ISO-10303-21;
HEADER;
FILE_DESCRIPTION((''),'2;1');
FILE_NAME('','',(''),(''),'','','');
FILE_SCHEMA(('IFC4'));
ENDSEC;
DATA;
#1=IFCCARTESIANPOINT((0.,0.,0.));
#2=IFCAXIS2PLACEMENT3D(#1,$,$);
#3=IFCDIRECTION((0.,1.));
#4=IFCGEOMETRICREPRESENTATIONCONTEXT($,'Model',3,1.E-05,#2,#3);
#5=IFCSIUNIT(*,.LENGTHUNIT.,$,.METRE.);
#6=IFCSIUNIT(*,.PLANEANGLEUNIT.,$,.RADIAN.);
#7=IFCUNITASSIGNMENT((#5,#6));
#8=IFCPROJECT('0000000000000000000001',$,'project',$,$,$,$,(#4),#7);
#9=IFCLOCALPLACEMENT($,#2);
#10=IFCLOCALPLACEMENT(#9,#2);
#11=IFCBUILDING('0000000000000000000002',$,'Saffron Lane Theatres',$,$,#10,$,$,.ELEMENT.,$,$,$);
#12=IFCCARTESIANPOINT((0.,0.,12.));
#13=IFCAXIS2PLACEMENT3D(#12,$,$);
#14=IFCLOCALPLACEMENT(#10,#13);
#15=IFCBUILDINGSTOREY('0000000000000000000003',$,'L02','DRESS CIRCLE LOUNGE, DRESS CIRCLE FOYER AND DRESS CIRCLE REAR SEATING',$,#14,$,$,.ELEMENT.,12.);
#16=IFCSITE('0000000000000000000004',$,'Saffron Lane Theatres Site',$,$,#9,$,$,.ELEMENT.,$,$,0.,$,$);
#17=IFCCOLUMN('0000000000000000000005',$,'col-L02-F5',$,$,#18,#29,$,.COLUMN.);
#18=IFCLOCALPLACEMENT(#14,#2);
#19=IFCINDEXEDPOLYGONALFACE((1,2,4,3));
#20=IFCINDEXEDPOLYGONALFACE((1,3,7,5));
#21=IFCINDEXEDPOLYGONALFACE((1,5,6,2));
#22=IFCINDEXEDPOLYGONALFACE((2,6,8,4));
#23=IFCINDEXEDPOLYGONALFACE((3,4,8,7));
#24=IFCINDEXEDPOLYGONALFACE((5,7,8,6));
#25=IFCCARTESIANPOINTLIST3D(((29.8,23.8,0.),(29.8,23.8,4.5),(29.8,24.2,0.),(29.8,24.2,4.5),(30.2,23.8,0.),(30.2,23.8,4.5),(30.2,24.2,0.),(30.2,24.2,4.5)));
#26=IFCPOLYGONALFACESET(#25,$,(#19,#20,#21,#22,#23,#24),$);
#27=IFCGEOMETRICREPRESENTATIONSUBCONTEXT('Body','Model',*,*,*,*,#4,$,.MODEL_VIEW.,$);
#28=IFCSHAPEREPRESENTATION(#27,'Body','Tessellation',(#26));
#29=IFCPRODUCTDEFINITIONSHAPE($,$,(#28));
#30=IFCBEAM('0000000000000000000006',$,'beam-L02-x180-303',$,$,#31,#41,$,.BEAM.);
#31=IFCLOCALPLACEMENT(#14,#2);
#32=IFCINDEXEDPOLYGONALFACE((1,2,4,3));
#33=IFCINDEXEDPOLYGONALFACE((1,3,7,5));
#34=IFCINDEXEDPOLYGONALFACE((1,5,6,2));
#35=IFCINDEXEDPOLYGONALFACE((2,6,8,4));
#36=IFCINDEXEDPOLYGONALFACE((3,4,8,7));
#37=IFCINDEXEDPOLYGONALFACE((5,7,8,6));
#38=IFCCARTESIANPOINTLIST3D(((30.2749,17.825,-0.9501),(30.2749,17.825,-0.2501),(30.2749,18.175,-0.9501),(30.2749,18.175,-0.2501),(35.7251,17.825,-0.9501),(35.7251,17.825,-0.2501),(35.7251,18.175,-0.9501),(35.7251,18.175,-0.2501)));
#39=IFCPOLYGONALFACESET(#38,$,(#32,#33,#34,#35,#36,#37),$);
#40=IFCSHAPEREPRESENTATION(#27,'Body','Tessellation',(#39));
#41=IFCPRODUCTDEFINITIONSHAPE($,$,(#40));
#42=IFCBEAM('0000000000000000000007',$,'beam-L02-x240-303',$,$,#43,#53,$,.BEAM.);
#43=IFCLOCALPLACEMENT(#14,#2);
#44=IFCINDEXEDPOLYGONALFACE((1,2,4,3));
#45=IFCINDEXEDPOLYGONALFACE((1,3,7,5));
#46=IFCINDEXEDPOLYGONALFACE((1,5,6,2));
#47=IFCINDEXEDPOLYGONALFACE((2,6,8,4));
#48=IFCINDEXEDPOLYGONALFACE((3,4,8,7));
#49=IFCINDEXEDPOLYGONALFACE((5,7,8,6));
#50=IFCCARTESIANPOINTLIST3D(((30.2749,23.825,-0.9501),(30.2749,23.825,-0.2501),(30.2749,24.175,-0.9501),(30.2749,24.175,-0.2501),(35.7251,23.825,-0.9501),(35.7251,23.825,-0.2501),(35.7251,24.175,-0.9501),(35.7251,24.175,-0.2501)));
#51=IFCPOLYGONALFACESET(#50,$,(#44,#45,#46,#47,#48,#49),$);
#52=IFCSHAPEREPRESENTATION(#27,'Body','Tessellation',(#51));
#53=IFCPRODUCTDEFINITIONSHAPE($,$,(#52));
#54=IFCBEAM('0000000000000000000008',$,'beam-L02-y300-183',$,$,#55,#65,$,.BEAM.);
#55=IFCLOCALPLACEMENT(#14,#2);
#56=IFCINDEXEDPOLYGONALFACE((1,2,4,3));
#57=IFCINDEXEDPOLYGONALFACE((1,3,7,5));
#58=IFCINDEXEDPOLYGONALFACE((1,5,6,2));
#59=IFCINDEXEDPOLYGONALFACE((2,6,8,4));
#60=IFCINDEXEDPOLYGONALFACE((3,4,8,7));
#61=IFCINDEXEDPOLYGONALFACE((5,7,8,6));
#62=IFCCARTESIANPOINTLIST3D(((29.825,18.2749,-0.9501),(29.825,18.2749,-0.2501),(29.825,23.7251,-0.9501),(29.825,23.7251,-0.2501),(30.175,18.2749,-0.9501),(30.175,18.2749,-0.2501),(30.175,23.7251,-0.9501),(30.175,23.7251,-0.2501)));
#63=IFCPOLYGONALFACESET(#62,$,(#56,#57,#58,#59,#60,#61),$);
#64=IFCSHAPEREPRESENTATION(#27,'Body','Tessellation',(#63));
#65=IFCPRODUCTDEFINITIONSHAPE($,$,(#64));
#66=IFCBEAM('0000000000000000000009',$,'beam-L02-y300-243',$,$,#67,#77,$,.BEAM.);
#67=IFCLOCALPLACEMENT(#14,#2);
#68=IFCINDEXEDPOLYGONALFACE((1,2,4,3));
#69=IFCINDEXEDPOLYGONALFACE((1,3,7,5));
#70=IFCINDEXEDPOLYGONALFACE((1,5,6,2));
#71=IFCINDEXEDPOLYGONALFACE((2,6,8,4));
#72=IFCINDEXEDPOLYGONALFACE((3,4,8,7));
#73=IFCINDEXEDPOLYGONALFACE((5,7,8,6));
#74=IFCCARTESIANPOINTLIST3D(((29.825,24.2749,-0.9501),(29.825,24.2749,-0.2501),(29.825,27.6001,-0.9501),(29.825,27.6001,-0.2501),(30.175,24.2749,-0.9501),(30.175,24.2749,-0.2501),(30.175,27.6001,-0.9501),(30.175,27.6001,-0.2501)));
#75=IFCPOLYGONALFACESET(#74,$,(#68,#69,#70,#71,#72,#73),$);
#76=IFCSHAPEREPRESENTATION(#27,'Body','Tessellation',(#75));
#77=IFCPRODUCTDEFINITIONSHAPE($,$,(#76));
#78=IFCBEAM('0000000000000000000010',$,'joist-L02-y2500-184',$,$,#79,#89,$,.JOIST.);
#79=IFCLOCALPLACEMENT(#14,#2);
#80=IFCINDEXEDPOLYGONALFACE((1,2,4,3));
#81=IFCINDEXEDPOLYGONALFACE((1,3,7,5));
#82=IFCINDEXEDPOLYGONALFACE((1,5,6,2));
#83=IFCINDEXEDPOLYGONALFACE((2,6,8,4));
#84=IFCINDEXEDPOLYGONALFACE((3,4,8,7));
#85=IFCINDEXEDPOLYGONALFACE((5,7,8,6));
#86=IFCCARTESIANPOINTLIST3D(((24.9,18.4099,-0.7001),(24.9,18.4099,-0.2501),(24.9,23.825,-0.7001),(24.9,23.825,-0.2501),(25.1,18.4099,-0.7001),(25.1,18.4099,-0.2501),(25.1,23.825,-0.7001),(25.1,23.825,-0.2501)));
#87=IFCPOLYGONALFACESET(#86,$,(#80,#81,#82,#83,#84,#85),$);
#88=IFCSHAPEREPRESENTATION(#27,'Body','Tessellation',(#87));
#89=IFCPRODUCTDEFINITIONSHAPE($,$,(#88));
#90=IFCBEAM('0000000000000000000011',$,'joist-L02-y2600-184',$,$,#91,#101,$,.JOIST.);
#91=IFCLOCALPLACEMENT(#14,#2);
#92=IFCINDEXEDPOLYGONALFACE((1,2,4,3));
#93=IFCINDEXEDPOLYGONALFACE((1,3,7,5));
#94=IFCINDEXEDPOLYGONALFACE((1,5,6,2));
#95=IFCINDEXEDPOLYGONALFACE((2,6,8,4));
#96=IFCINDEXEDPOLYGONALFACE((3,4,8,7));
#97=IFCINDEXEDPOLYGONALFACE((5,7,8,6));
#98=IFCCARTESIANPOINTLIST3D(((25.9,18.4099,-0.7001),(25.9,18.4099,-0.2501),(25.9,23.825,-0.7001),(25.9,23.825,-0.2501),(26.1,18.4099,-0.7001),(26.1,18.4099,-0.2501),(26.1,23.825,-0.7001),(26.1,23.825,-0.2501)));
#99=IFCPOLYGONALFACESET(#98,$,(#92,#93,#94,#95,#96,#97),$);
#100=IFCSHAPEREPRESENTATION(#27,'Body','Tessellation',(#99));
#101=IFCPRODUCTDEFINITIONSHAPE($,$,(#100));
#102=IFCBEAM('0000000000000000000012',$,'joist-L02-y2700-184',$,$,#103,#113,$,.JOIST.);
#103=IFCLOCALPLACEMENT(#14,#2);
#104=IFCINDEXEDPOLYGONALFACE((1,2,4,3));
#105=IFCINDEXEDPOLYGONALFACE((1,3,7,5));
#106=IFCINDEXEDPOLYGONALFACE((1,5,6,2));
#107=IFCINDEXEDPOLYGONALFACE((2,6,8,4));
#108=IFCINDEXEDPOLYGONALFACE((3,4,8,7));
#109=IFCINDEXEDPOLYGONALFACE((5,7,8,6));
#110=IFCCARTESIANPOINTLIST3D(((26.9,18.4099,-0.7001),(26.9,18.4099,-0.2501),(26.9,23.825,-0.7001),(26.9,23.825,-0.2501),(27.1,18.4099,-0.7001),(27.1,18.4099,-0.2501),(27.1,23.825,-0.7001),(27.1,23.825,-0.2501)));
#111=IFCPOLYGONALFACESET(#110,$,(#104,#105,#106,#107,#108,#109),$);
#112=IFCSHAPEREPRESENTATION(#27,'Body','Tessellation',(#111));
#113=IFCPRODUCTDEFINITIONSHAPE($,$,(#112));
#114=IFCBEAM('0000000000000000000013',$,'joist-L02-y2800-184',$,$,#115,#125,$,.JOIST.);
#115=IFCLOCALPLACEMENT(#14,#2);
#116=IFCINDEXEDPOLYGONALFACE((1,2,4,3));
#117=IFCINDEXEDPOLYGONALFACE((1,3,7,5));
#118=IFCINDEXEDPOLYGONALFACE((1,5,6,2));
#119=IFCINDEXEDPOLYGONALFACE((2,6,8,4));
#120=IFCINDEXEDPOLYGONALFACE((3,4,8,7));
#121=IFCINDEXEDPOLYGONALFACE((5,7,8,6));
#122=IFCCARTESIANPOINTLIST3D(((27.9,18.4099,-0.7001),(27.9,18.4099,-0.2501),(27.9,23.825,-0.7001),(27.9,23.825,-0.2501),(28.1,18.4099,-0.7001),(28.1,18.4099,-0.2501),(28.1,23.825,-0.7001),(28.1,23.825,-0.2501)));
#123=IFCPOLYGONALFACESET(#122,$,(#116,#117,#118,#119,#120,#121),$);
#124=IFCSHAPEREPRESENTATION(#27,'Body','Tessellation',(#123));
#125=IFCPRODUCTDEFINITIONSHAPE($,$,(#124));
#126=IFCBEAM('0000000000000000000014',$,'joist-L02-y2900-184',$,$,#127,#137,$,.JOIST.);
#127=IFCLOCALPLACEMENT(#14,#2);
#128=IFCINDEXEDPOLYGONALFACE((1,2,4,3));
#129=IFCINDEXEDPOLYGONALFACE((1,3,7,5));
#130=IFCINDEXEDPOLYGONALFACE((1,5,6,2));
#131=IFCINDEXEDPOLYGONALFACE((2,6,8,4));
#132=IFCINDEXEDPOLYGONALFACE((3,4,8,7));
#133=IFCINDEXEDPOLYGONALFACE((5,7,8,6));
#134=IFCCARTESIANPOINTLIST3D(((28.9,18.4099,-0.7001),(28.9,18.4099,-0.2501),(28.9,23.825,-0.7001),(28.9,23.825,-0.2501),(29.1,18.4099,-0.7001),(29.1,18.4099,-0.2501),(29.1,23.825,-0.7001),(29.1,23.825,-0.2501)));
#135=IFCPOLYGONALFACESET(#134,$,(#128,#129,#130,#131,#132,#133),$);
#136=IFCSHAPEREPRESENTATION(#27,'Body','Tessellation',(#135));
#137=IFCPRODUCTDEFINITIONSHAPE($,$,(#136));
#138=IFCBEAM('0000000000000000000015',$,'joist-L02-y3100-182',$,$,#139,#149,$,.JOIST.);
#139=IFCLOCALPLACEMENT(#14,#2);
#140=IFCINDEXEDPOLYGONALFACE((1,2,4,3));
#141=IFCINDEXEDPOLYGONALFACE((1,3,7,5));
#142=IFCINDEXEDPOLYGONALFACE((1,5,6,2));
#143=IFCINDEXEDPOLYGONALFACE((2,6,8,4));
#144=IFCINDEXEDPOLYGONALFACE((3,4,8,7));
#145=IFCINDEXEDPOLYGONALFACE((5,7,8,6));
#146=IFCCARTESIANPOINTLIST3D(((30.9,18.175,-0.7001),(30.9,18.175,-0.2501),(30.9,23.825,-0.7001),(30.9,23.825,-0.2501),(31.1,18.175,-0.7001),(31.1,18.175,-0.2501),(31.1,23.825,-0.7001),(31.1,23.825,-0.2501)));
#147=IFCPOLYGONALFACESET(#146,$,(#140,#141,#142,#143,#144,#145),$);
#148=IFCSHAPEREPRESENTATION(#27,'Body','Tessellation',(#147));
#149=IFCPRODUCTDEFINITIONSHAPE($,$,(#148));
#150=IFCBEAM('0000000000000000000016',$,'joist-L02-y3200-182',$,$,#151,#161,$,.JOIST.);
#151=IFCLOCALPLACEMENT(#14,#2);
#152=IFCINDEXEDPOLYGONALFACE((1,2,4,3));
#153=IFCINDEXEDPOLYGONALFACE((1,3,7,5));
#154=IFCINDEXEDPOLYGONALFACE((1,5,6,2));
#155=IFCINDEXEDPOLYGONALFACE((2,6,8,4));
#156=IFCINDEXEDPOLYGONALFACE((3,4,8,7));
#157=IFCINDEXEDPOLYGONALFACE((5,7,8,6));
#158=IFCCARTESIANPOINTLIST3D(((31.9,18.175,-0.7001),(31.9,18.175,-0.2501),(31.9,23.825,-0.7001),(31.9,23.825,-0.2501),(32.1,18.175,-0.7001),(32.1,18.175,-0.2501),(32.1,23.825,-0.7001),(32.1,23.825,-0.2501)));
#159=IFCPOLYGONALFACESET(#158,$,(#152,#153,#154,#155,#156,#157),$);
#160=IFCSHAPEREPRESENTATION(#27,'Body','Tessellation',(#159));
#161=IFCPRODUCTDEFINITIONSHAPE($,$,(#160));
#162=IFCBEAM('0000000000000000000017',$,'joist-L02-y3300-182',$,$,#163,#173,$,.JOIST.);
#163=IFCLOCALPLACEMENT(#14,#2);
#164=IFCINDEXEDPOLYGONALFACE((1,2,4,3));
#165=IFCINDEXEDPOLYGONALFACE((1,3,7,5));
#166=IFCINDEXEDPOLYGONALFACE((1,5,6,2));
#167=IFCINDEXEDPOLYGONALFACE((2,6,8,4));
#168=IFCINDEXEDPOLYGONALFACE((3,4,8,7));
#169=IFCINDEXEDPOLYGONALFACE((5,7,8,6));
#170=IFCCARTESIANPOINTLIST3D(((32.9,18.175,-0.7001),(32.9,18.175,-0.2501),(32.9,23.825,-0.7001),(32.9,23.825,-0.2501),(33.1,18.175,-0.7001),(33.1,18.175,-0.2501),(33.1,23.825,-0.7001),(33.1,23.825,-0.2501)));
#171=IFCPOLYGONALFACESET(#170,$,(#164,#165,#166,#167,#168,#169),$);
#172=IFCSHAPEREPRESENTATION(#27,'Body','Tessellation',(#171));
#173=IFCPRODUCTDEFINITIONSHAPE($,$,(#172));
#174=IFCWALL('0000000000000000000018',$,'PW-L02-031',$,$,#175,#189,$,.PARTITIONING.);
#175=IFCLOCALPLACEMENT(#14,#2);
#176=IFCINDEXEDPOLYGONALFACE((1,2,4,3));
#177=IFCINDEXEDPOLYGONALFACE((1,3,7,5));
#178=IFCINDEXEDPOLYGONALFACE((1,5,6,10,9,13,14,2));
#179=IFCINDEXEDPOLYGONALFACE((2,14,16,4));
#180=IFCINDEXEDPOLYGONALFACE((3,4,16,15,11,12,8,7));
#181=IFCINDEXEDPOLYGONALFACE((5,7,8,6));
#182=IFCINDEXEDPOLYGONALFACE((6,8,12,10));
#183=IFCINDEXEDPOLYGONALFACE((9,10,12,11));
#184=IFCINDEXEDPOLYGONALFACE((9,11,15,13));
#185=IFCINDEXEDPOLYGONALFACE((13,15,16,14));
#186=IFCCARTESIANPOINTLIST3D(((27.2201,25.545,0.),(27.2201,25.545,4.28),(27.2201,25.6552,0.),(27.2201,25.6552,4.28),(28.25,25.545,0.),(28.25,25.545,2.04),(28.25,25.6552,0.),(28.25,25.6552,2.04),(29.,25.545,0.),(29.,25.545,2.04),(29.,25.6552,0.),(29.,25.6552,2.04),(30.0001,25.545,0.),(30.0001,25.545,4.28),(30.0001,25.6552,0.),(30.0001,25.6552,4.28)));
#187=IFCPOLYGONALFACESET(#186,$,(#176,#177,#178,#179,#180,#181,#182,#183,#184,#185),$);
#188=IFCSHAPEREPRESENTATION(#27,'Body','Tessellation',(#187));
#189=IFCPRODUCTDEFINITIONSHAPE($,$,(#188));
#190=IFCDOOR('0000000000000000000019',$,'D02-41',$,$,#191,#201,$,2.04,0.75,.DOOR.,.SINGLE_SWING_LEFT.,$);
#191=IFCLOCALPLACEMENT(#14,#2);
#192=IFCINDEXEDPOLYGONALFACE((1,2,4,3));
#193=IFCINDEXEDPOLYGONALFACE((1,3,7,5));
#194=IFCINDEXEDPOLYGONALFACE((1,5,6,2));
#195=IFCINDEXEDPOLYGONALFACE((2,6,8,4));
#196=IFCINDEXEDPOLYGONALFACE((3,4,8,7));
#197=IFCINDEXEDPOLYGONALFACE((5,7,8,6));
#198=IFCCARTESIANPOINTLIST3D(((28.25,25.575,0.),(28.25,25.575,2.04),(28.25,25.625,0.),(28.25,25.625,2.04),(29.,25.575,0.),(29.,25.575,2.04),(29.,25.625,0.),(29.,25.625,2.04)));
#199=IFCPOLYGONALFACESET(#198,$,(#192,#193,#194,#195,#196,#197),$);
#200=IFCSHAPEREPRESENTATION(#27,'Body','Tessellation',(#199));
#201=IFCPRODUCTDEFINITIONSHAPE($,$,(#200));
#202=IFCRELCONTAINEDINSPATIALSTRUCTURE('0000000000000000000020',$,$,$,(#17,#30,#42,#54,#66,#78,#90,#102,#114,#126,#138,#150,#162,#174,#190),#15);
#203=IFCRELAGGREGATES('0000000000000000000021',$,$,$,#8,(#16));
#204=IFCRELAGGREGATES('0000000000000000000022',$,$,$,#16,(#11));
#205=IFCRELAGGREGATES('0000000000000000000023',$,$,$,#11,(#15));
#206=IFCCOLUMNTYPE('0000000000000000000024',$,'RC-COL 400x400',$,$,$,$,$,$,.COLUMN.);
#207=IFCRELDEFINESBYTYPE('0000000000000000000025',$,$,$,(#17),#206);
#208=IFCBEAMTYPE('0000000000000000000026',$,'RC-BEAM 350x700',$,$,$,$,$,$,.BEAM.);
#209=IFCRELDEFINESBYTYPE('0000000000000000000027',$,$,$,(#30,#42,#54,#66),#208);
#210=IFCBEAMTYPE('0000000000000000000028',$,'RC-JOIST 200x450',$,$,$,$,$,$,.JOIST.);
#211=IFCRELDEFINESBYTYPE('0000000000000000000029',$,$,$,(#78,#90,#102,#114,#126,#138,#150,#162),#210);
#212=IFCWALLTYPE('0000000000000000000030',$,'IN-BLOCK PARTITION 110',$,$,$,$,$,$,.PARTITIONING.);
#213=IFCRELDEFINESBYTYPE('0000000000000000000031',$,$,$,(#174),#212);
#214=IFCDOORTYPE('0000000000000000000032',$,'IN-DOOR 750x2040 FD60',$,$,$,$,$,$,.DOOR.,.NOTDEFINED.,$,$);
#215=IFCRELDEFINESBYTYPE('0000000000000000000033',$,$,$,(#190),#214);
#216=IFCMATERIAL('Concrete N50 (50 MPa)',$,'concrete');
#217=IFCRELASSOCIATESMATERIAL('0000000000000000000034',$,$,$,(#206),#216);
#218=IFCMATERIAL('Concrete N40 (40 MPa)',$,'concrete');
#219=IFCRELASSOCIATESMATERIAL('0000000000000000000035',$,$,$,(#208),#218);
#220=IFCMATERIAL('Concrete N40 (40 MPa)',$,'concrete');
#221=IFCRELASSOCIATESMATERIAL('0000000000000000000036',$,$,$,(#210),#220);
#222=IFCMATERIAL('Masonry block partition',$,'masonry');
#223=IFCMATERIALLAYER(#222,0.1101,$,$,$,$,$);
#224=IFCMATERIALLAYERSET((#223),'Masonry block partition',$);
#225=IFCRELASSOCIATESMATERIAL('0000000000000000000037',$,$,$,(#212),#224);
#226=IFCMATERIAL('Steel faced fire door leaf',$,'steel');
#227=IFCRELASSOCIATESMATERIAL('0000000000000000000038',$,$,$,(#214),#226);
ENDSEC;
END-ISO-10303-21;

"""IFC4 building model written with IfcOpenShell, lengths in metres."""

from ifc_helpers import new_model, si_unit, direction, frame, frame_2d, origin, origin_2d, place, context, subcontext, project, spatial, rectangle, extrude, material, layer, layer_set, material_profile, profile_set, type_object, element, fill, save


model = new_model("IFC4")

# Units and contexts
model_context = context("Model", 3, precision=1e-05, world=origin(), true_north=direction((0.0, 1.0)))
body_context = subcontext(model_context, "Body", "Model", "MODEL_VIEW")
ifc_project = project(units=[si_unit("LENGTHUNIT", "METRE"), si_unit("PLANEANGLEUNIT", "RADIAN")], contexts=[model_context])

# Site, building, storey
site_placement = place(None, origin())
site = spatial("IfcSite", under=ifc_project, at=site_placement, Name="Saffron Lane Theatres Site", CompositionType="ELEMENT", RefElevation=0.0)
building_placement = place(site_placement, origin())
building = spatial("IfcBuilding", under=site, at=building_placement, Name="Saffron Lane Theatres", CompositionType="ELEMENT")
storey_placement = place(building_placement, frame((0.0, 0.0, 12.0)))
storey = spatial("IfcBuildingStorey", under=building, at=storey_placement, Name="L02", Description="DRESS CIRCLE LOUNGE, DRESS CIRCLE FOYER AND DRESS CIRCLE REAR SEATING", CompositionType="ELEMENT", Elevation=12.0)

# Column
ifc_material_1 = material(Name="Concrete N50 (50 MPa)", Category="concrete")
ifc_material_profile_1 = material_profile(ifc_material_1, rectangle(XDim=0.3999, YDim=0.3999, at=origin_2d()))
ifc_profile_set_1 = profile_set([ifc_material_profile_1], Name="Concrete N50 (50 MPa)")
column_type = type_object("IfcColumnType", Name="RC-COL 400x400", PredefinedType="COLUMN", material=ifc_profile_set_1)
column_placement = place(storey_placement, frame((30.0, 24.0, 0.0), z_axis=(0.0, 0.0, 1.0), x_axis=(1.0, 0.0, 0.0)))
element("IfcColumn", 1, at=column_placement, inside=storey, type_object=column_type, Name="col-L02-F5", PredefinedType="COLUMN", context=body_context, shape_type="SweptSolid", body=[
    extrude(rectangle(XDim=0.3999, YDim=0.3999, at=origin_2d()), origin(), (0.0, 0.0, 1.0), 4.5),
])

# Beams
ifc_material_2 = material(Name="Concrete N40 (40 MPa)", Category="concrete")
ifc_material_profile_2 = material_profile(ifc_material_2, rectangle(XDim=0.3501, YDim=0.7, at=origin_2d()))
ifc_profile_set_2 = profile_set([ifc_material_profile_2], Name="Concrete N40 (40 MPa)")
beam_type_1 = type_object("IfcBeamType", Name="RC-BEAM 350x700", PredefinedType="BEAM", material=ifc_profile_set_2)
for number, where, z_axis, x_axis, name in (
    (2, (30.2749, 18.0, -0.6001), (1.0, 0.0, 0.0), (0.0, 1.0, 0.0), "beam-L02-x180-303"),
    (3, (30.2749, 24.0, -0.6001), (1.0, 0.0, 0.0), (0.0, 1.0, 0.0), "beam-L02-x240-303"),
    (4, (30.0, 18.2749, -0.6001), (0.0, 1.0, 0.0), (-1.0, 0.0, 0.0), "beam-L02-y300-183"),
):
    element("IfcBeam", number, at=place(storey_placement, frame(where, z_axis=z_axis, x_axis=x_axis)), inside=storey, type_object=beam_type_1, Name=name, PredefinedType="BEAM", context=body_context, shape_type="SweptSolid", body=[
        extrude(rectangle(XDim=0.3501, YDim=0.7, at=origin_2d()), origin(), (0.0, 0.0, 1.0), 5.4502),
    ])
beam_placement = place(storey_placement, frame((30.0, 24.2749, -0.6001), z_axis=(0.0, 1.0, 0.0), x_axis=(-1.0, 0.0, 0.0)))
element("IfcBeam", 5, at=beam_placement, inside=storey, type_object=beam_type_1, Name="beam-L02-y300-243", PredefinedType="BEAM", context=body_context, shape_type="SweptSolid", body=[
    extrude(rectangle(XDim=0.3501, YDim=0.7, at=origin_2d()), origin(), (0.0, 0.0, 1.0), 3.3252),
])
ifc_material_3 = material(Name="Concrete N40 (40 MPa)", Category="concrete")
ifc_material_profile_3 = material_profile(ifc_material_3, rectangle(XDim=0.2, YDim=0.45, at=origin_2d()))
ifc_profile_set_3 = profile_set([ifc_material_profile_3], Name="Concrete N40 (40 MPa)")
beam_type_2 = type_object("IfcBeamType", Name="RC-JOIST 200x450", PredefinedType="JOIST", material=ifc_profile_set_3)
for number, where, z_axis, x_axis, name in (
    (6, (25.0, 18.4099, -0.4751), (0.0, 1.0, 0.0), (-1.0, 0.0, 0.0), "joist-L02-y2500-184"),
    (7, (26.0, 18.4099, -0.4751), (0.0, 1.0, 0.0), (-1.0, 0.0, 0.0), "joist-L02-y2600-184"),
    (8, (27.0, 18.4099, -0.4751), (0.0, 1.0, 0.0), (-1.0, 0.0, 0.0), "joist-L02-y2700-184"),
    (9, (28.0, 18.4099, -0.4751), (0.0, 1.0, 0.0), (-1.0, 0.0, 0.0), "joist-L02-y2800-184"),
    (10, (29.0, 18.4099, -0.4751), (0.0, 1.0, 0.0), (-1.0, 0.0, 0.0), "joist-L02-y2900-184"),
):
    element("IfcBeam", number, at=place(storey_placement, frame(where, z_axis=z_axis, x_axis=x_axis)), inside=storey, type_object=beam_type_2, Name=name, PredefinedType="JOIST", context=body_context, shape_type="SweptSolid", body=[
        extrude(rectangle(XDim=0.2, YDim=0.45, at=origin_2d()), origin(), (0.0, 0.0, 1.0), 5.415),
    ])
for number, where, z_axis, x_axis, name in (
    (11, (31.0, 18.175, -0.4751), (0.0, 1.0, 0.0), (-1.0, 0.0, 0.0), "joist-L02-y3100-182"),
    (12, (32.0, 18.175, -0.4751), (0.0, 1.0, 0.0), (-1.0, 0.0, 0.0), "joist-L02-y3200-182"),
    (13, (33.0, 18.175, -0.4751), (0.0, 1.0, 0.0), (-1.0, 0.0, 0.0), "joist-L02-y3300-182"),
):
    element("IfcBeam", number, at=place(storey_placement, frame(where, z_axis=z_axis, x_axis=x_axis)), inside=storey, type_object=beam_type_2, Name=name, PredefinedType="JOIST", context=body_context, shape_type="SweptSolid", body=[
        extrude(rectangle(XDim=0.2, YDim=0.45, at=origin_2d()), origin(), (0.0, 0.0, 1.0), 5.6499),
    ])

# Wall, opening, door
ifc_material_4 = material(Name="Masonry block partition", Category="masonry")
ifc_layer_1 = layer(ifc_material_4, 0.1101)
ifc_layer_set_1 = layer_set([ifc_layer_1], Name="Masonry block partition")
wall_type_1 = type_object("IfcWallType", Name="IN-BLOCK PARTITION 110", PredefinedType="PARTITIONING", material=ifc_layer_set_1)
wall_1_placement = place(storey_placement, frame((27.22, 25.6001, 0.0), z_axis=(0.0, 0.0, 1.0), x_axis=(1.0, 0.0, 0.0)))
wall_1 = element("IfcWall", 14, at=wall_1_placement, inside=storey, type_object=wall_type_1, Name="PW-L02-031", PredefinedType="PARTITIONING", context=body_context, shape_type="SweptSolid", body=[
    extrude(rectangle(XDim=2.78, YDim=0.1101, at=frame_2d((1.3901, 0.0))), origin(), (0.0, 0.0, 1.0), 4.28),
])
opening_1_placement = place(wall_1_placement, frame((1.03, 0.0, 0.0)))
opening_1 = element("IfcOpeningElement", 15, at=opening_1_placement, cuts=wall_1, PredefinedType="OPENING", context=body_context, shape_type="SweptSolid", body=[
    extrude(rectangle(XDim=0.75, YDim=2.04, at=frame_2d((0.375, 1.02))), frame((0.0, 0.0649, 0.0), z_axis=(0.0, -1.0, 0.0), x_axis=(1.0, 0.0, 0.0)), (0.0, 0.0, 1.0), 0.1301),
])
ifc_material_5 = material(Name="Steel faced fire door leaf", Category="steel")
door_type_1 = type_object("IfcDoorType", Name="IN-DOOR 750x2040 FD60", OperationType="NOTDEFINED", PredefinedType="DOOR", material=ifc_material_5)
door_1_placement = place(opening_1_placement, origin())
door_1 = element("IfcDoor", 16, at=door_1_placement, inside=storey, type_object=door_type_1, Name="D02-41", OperationType="SINGLE_SWING_LEFT", OverallHeight=2.04, OverallWidth=0.75, PredefinedType="DOOR", context=body_context, shape_type="SweptSolid", body=[
    extrude(rectangle(XDim=0.75, YDim=2.04, at=frame_2d((0.375, 1.02))), frame((0.0, 0.0249, 0.0), z_axis=(0.0, -1.0, 0.0), x_axis=(1.0, 0.0, 0.0)), (0.0, 0.0, 1.0), 0.05),
])
fill(opening_1, door_1)

save(model, "model.ifc")
